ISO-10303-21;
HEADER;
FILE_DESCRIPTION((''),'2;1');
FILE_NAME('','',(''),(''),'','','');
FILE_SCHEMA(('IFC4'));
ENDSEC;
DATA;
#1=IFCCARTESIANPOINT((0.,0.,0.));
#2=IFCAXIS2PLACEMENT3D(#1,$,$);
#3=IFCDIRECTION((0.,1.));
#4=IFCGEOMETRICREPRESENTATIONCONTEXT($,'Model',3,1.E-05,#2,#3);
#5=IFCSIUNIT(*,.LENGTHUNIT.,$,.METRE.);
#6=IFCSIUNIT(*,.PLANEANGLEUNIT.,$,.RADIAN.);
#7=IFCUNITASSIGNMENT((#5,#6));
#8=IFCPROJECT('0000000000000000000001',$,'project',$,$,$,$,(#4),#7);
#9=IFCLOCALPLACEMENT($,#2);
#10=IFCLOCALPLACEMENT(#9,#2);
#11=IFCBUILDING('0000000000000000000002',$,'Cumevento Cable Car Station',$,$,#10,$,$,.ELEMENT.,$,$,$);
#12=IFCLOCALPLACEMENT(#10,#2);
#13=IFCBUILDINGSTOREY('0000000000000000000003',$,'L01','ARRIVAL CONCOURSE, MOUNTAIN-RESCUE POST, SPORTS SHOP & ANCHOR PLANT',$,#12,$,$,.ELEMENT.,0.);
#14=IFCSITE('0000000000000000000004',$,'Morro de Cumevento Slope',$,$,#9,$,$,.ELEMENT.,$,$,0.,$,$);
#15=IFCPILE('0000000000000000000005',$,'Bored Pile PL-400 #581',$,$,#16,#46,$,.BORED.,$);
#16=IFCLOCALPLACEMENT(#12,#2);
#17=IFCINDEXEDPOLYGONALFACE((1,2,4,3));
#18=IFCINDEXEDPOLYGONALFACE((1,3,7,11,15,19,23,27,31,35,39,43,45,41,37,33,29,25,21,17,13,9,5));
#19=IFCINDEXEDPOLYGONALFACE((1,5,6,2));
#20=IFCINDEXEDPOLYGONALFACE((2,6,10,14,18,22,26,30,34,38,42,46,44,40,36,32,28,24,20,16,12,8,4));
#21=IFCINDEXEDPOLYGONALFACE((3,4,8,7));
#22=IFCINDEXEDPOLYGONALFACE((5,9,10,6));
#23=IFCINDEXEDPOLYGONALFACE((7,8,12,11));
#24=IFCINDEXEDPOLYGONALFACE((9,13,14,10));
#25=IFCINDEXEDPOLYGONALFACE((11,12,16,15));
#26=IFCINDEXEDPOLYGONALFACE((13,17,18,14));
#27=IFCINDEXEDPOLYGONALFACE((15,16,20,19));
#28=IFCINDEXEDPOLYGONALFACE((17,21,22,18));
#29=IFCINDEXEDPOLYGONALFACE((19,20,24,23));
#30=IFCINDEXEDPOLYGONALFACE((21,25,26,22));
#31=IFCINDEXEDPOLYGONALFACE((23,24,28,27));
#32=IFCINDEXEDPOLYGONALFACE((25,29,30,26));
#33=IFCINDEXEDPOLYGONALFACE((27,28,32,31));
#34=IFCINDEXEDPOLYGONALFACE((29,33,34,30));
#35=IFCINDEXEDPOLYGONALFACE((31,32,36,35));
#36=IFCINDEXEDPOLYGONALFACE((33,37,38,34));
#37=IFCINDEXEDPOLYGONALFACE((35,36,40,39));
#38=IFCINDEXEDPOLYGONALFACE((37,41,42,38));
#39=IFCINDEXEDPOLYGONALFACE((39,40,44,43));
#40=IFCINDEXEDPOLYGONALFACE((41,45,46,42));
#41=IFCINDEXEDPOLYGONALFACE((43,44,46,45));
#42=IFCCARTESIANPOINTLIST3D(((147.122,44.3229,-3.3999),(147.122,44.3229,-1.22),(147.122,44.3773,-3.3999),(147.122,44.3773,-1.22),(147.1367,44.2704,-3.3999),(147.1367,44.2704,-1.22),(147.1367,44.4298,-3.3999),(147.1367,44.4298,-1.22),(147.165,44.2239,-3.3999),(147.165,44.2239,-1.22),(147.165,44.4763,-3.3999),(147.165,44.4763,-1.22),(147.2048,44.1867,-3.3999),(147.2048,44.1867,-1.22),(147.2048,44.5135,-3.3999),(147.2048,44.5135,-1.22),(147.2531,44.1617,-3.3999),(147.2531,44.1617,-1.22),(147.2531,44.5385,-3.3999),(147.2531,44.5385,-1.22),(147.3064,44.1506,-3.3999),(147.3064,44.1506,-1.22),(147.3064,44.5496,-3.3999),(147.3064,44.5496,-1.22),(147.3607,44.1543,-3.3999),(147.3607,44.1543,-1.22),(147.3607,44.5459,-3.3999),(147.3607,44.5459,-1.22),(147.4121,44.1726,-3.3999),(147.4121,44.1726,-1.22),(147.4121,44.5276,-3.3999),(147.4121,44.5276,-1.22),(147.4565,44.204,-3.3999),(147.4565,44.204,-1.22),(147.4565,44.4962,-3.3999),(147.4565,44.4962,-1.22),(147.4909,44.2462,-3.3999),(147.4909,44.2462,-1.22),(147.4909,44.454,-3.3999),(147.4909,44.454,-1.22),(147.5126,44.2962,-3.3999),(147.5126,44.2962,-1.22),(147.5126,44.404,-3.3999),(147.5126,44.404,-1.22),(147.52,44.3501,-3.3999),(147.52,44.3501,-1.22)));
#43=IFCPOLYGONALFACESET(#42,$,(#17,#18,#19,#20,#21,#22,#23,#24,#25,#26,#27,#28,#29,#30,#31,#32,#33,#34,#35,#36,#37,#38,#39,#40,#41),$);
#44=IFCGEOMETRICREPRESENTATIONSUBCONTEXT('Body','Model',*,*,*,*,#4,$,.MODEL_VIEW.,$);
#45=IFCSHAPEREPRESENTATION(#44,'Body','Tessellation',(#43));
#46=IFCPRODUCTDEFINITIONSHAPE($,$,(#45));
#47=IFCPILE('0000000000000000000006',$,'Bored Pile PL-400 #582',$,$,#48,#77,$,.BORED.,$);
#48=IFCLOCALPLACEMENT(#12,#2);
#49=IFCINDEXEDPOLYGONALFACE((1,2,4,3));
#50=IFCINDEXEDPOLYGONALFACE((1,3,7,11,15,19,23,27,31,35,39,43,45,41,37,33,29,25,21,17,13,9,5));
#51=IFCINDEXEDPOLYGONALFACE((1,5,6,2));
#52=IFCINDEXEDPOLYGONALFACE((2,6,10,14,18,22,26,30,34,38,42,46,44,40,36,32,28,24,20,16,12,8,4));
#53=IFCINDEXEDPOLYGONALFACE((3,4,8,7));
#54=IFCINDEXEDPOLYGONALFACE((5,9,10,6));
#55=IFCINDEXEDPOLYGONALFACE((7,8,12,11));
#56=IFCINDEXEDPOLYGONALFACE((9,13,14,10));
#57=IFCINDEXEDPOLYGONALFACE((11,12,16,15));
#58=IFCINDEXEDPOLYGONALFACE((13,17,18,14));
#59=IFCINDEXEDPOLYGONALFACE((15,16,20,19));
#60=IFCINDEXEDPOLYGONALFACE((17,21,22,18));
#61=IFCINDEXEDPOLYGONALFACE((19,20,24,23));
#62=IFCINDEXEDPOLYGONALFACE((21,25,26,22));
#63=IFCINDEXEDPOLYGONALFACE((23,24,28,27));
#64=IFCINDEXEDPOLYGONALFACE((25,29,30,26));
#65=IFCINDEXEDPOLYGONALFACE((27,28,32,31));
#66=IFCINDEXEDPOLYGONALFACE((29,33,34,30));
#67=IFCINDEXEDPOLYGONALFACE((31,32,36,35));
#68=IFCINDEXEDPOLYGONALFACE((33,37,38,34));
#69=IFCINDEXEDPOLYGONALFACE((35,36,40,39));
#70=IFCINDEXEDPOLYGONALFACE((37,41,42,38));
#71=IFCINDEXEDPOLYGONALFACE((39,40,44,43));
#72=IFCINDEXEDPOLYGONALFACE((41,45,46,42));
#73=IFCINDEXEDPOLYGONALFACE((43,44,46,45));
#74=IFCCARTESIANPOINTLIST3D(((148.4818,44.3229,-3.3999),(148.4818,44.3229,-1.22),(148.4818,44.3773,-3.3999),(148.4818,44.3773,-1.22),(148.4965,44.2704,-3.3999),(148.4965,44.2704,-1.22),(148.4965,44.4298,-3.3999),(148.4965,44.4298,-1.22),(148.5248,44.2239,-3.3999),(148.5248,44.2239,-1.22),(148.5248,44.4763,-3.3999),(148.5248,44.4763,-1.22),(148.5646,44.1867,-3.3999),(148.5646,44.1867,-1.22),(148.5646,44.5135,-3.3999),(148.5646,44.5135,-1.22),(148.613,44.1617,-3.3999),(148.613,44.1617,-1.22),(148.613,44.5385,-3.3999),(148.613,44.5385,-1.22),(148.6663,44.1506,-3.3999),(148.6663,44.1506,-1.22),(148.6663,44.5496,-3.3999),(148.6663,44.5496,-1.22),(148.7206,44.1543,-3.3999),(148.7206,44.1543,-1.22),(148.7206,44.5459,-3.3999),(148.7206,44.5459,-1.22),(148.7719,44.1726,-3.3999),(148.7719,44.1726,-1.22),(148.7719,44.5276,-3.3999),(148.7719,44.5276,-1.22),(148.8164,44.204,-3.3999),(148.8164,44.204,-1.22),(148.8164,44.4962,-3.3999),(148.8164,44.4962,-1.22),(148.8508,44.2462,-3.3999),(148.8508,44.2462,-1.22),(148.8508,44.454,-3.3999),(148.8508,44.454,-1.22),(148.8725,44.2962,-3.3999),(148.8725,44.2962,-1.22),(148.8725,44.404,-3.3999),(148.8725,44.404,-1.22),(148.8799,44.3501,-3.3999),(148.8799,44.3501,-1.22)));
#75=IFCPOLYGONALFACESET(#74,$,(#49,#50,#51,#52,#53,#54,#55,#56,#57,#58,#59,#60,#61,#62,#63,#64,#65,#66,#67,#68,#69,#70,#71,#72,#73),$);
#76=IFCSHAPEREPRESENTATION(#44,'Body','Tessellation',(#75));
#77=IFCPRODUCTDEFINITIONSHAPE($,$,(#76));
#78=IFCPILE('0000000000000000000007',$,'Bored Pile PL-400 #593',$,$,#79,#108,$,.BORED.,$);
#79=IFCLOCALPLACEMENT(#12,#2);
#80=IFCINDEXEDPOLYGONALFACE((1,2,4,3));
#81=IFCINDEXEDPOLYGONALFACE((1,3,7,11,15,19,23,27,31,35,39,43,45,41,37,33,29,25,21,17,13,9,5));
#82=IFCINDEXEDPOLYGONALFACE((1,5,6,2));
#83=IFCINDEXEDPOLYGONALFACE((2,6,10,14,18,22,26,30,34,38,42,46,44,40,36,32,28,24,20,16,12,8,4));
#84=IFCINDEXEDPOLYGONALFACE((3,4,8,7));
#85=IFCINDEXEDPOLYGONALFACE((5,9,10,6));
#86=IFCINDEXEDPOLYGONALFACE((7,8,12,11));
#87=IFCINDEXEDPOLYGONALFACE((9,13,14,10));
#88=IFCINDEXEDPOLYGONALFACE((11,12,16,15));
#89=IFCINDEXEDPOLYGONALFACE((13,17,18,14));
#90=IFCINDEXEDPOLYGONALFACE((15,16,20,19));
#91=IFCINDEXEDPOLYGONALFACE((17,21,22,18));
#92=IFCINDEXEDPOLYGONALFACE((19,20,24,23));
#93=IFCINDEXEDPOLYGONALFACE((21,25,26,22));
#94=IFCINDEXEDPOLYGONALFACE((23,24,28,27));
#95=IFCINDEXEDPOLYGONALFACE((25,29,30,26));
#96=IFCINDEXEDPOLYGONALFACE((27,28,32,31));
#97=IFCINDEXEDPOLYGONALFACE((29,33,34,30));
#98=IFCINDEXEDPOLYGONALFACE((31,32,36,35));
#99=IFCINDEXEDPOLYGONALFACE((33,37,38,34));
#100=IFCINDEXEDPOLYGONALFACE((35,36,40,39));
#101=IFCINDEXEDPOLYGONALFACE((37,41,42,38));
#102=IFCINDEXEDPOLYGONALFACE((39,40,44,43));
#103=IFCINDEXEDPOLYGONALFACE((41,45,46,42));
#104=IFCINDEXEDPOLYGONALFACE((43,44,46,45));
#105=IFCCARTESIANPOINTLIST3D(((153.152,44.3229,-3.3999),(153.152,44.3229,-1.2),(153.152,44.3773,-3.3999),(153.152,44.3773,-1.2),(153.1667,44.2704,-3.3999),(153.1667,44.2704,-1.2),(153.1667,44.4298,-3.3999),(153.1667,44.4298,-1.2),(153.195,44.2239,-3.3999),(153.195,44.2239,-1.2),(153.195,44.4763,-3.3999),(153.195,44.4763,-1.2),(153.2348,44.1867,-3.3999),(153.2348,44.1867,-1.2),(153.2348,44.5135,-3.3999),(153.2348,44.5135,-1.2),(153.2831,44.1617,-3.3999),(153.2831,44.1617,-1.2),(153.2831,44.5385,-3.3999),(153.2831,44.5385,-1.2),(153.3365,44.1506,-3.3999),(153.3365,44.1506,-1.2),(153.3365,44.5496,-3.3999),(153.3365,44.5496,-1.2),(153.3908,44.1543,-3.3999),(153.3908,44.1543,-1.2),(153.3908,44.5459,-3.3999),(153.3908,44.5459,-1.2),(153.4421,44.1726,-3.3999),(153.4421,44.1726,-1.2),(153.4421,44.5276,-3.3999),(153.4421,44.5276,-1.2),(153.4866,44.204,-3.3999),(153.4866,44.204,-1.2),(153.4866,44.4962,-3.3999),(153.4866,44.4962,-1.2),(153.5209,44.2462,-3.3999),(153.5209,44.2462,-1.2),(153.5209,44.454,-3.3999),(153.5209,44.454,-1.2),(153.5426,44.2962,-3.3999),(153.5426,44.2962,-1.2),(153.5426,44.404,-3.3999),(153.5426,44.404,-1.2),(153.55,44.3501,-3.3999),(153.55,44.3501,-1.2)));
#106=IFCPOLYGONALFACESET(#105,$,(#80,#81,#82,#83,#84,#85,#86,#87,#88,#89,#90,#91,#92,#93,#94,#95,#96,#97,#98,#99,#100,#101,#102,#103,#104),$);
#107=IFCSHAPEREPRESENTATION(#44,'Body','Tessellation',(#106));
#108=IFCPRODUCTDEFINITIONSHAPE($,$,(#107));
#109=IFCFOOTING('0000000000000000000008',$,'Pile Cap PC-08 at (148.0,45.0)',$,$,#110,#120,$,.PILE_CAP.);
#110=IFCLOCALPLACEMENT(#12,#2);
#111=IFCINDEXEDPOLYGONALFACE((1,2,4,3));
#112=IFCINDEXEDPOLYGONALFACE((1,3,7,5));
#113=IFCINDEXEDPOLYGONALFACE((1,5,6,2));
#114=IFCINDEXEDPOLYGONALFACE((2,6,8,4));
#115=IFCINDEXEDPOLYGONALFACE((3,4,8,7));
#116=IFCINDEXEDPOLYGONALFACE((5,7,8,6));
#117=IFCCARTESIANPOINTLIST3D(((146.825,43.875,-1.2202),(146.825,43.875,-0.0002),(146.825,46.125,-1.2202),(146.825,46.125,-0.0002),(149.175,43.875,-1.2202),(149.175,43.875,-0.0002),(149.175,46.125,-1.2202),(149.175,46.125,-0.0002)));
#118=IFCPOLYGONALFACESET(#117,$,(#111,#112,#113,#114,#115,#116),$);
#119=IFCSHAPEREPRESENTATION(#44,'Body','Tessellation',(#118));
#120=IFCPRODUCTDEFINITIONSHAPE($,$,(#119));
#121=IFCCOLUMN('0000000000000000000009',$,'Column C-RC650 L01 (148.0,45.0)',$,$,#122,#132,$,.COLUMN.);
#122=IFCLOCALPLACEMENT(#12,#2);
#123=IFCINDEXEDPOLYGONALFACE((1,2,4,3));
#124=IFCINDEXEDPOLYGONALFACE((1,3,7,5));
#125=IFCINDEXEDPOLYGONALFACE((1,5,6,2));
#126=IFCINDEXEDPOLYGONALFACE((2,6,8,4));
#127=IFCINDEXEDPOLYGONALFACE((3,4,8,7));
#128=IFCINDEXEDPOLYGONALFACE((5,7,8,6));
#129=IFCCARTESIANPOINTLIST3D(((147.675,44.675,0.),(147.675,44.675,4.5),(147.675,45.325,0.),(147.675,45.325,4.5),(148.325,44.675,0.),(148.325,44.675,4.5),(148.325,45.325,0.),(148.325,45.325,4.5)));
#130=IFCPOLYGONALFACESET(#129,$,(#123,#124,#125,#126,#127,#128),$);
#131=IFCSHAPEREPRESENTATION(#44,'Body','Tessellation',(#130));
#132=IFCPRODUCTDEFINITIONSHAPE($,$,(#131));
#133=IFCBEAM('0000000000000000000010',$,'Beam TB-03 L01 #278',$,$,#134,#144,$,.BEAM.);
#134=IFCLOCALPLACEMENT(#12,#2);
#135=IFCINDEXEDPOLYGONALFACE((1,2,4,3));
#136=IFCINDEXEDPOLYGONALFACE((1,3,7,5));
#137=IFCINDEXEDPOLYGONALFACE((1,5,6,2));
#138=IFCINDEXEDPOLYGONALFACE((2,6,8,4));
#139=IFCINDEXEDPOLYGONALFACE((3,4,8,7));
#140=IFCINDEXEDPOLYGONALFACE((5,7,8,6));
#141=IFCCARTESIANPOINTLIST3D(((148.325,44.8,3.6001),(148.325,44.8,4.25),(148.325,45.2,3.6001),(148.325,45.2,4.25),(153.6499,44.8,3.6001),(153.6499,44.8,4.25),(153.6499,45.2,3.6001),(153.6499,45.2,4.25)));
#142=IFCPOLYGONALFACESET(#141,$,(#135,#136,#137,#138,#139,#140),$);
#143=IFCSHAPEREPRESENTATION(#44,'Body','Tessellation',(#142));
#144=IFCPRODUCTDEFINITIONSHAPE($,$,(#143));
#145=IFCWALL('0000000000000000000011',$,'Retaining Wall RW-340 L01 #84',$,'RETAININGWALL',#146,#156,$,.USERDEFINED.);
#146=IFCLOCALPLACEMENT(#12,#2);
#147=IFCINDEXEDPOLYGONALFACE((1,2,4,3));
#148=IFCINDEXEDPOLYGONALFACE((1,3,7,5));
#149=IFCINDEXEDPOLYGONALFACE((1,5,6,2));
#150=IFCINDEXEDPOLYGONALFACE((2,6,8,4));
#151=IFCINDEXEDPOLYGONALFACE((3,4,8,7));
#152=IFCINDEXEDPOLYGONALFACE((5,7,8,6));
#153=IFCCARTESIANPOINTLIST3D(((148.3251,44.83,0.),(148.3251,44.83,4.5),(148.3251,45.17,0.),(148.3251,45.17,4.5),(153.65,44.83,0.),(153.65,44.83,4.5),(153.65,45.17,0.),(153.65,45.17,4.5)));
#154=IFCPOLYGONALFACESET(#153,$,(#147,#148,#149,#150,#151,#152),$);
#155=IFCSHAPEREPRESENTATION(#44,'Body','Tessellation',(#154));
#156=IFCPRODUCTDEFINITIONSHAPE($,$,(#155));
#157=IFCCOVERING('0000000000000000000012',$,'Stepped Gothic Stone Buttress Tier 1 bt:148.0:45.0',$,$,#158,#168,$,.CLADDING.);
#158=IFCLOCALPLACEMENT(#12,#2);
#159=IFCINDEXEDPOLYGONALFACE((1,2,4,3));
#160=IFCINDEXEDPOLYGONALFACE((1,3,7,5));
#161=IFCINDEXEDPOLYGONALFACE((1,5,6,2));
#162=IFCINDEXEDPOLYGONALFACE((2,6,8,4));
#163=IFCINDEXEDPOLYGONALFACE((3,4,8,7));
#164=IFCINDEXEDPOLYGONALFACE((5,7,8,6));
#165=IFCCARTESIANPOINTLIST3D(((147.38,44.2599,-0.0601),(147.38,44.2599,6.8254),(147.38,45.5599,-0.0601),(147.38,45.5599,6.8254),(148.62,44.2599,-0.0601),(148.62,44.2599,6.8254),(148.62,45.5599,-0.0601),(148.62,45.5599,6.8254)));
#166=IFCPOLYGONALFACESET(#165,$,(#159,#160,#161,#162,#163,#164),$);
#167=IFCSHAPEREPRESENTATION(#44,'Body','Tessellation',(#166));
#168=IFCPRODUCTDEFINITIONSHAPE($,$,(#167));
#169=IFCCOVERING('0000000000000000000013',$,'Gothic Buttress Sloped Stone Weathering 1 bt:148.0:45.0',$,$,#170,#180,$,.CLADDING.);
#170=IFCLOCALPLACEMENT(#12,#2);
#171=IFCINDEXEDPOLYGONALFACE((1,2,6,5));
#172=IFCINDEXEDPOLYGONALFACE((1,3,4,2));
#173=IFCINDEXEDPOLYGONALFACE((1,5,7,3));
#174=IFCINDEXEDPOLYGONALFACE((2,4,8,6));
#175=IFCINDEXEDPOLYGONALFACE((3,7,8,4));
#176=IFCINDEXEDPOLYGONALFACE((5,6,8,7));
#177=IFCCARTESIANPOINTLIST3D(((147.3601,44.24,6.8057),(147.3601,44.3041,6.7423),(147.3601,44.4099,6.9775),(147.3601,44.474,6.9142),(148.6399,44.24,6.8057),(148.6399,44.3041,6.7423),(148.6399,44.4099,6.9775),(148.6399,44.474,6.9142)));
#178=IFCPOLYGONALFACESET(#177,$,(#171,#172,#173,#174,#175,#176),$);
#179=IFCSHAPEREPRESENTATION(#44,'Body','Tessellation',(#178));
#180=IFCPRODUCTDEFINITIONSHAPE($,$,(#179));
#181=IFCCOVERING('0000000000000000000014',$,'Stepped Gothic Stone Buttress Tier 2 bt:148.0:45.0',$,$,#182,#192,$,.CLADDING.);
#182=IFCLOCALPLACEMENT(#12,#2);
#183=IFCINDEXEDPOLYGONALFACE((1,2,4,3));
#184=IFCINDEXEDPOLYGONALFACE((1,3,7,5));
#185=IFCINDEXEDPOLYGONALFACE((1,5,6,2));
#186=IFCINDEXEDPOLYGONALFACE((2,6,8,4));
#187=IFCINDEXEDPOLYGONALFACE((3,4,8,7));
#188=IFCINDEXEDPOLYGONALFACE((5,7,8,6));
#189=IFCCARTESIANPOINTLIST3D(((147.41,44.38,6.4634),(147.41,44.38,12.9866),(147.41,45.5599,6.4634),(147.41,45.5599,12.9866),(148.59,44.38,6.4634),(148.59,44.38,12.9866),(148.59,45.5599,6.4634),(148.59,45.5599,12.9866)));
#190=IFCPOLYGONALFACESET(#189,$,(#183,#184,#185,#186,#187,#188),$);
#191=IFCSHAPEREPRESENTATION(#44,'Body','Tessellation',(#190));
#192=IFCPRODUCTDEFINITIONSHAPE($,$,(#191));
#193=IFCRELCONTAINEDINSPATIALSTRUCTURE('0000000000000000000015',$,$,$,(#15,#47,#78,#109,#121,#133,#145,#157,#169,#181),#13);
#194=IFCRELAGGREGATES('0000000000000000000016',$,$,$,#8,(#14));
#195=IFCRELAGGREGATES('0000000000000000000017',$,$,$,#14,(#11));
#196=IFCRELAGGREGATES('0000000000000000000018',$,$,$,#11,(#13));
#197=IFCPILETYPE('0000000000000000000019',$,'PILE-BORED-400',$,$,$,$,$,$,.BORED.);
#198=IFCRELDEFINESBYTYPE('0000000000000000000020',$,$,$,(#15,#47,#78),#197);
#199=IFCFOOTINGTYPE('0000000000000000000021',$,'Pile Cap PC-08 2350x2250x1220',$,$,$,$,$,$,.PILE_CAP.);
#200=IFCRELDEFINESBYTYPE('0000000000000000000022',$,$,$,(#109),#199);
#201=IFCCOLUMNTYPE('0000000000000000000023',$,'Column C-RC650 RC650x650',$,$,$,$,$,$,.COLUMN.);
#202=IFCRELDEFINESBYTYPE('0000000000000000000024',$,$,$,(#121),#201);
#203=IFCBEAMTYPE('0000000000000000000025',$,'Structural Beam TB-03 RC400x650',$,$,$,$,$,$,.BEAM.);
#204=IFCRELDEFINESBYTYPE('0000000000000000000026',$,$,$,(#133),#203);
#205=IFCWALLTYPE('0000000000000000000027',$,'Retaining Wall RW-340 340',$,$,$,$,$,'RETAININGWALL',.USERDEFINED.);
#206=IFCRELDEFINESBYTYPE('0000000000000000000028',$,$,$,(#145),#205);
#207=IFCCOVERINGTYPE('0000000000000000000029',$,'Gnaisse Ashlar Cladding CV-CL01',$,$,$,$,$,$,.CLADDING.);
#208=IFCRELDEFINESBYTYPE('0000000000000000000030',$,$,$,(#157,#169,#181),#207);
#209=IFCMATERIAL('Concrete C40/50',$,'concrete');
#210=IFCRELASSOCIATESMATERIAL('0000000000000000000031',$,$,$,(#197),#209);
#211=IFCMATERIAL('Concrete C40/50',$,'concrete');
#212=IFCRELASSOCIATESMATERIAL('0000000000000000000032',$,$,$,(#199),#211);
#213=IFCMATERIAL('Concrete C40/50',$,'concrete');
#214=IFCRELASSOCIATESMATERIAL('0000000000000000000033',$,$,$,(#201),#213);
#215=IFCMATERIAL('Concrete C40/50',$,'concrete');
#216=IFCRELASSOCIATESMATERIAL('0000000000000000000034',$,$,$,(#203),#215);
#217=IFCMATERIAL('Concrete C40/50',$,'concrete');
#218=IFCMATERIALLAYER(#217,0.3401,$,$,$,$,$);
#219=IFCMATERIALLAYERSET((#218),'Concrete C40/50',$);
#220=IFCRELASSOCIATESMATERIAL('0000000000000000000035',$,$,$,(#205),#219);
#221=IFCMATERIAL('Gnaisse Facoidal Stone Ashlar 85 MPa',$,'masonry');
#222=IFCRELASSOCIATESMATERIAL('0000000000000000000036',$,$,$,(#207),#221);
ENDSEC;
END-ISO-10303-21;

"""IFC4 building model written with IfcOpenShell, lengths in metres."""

from ifc_helpers import new_model, si_unit, direction, frame, frame_2d, origin, origin_2d, place, context, subcontext, project, spatial, polyline, rectangle, circle, outline, extrude, material, layer, layer_set, material_profile, profile_set, type_object, element, save


model = new_model("IFC4")

# Units and contexts
model_context = context("Model", 3, precision=1e-05, world=origin(), true_north=direction((0.0, 1.0)))
body_context = subcontext(model_context, "Body", "Model", "MODEL_VIEW")
ifc_project = project(units=[si_unit("LENGTHUNIT", "METRE"), si_unit("PLANEANGLEUNIT", "RADIAN")], contexts=[model_context])

# Site, building, storey
site_placement = place(None, origin())
site = spatial("IfcSite", under=ifc_project, at=site_placement, Name="Morro de Cumevento Slope", CompositionType="ELEMENT", RefElevation=0.0)
building_placement = place(site_placement, origin())
building = spatial("IfcBuilding", under=site, at=building_placement, Name="Cumevento Cable Car Station", CompositionType="ELEMENT")
storey_placement = place(building_placement, origin())
storey = spatial("IfcBuildingStorey", under=building, at=storey_placement, Name="L01", Description="ARRIVAL CONCOURSE, MOUNTAIN-RESCUE POST, SPORTS SHOP & ANCHOR PLANT", CompositionType="ELEMENT", Elevation=0.0)

# Piles
ifc_material_1 = material(Name="Concrete C40/50", Category="concrete")
ifc_material_profile_1 = material_profile(ifc_material_1, circle(Radius=0.2, at=origin_2d()), Name="PILE-D400")
ifc_profile_set_1 = profile_set([ifc_material_profile_1], Name="Concrete C40/50")
pile_type = type_object("IfcPileType", Name="PILE-BORED-400", PredefinedType="BORED", material=ifc_profile_set_1)
for number, where, z_axis, x_axis, name in (
    (1, (147.3201, 44.3501, -1.22), (0.0, 0.0, -1.0), (1.0, 0.0, 0.0), "Bored Pile PL-400 #581"),
    (2, (148.6799, 44.3501, -1.22), (0.0, 0.0, -1.0), (1.0, 0.0, 0.0), "Bored Pile PL-400 #582"),
):
    element("IfcPile", number, at=place(storey_placement, frame(where, z_axis=z_axis, x_axis=x_axis)), inside=storey, type_object=pile_type, Name=name, PredefinedType="BORED", context=body_context, shape_type="SweptSolid", body=[
        extrude(circle(Radius=0.2, at=origin_2d()), origin(), (0.0, 0.0, 1.0), 2.1799),
    ])
pile_placement = place(storey_placement, frame((153.3501, 44.3501, -1.2), z_axis=(0.0, 0.0, -1.0), x_axis=(1.0, 0.0, 0.0)))
element("IfcPile", 3, at=pile_placement, inside=storey, type_object=pile_type, Name="Bored Pile PL-400 #593", PredefinedType="BORED", context=body_context, shape_type="SweptSolid", body=[
    extrude(circle(Radius=0.2, at=origin_2d()), origin(), (0.0, 0.0, 1.0), 2.2),
])

# Footing
ifc_material_2 = material(Name="Concrete C40/50", Category="concrete")
footing_type = type_object("IfcFootingType", Name="Pile Cap PC-08 2350x2250x1220", PredefinedType="PILE_CAP", material=ifc_material_2)
footing_placement = place(storey_placement, frame((148.0, 45.0, -1.2202), z_axis=(0.0, 0.0, 1.0), x_axis=(1.0, 0.0, 0.0)))
element("IfcFooting", 4, at=footing_placement, inside=storey, type_object=footing_type, Name="Pile Cap PC-08 at (148.0,45.0)", PredefinedType="PILE_CAP", context=body_context, shape_type="SweptSolid", body=[
    extrude(rectangle(XDim=2.3501, YDim=2.25, at=origin_2d()), origin(), (0.0, 0.0, 1.0), 1.22),
])

# Column
ifc_material_3 = material(Name="Concrete C40/50", Category="concrete")
ifc_material_profile_2 = material_profile(ifc_material_3, rectangle(XDim=0.6499, YDim=0.6499, at=origin_2d()), Name="RC650x650")
ifc_profile_set_2 = profile_set([ifc_material_profile_2], Name="Concrete C40/50")
column_type = type_object("IfcColumnType", Name="Column C-RC650 RC650x650", PredefinedType="COLUMN", material=ifc_profile_set_2)
column_placement = place(storey_placement, frame((148.0, 45.0, 0.0), z_axis=(0.0, 0.0, 1.0), x_axis=(1.0, 0.0, 0.0)))
element("IfcColumn", 5, at=column_placement, inside=storey, type_object=column_type, Name="Column C-RC650 L01 (148.0,45.0)", PredefinedType="COLUMN", context=body_context, shape_type="SweptSolid", body=[
    extrude(rectangle(XDim=0.6499, YDim=0.6499, at=origin_2d()), origin(), (0.0, 0.0, 1.0), 4.5),
])

# Beam
ifc_material_4 = material(Name="Concrete C40/50", Category="concrete")
ifc_material_profile_3 = material_profile(ifc_material_4, rectangle(XDim=0.3999, YDim=0.6499, at=origin_2d()), Name="RC400x650")
ifc_profile_set_3 = profile_set([ifc_material_profile_3], Name="Concrete C40/50")
beam_type = type_object("IfcBeamType", Name="Structural Beam TB-03 RC400x650", PredefinedType="BEAM", material=ifc_profile_set_3)
beam_placement = place(storey_placement, frame((148.325, 45.0, 3.925), z_axis=(1.0, 0.0, 0.0), x_axis=(0.0, 1.0, 0.0)))
element("IfcBeam", 6, at=beam_placement, inside=storey, type_object=beam_type, Name="Beam TB-03 L01 #278", PredefinedType="BEAM", context=body_context, shape_type="SweptSolid", body=[
    extrude(rectangle(XDim=0.3999, YDim=0.6499, at=origin_2d()), origin(), (0.0, 0.0, 1.0), 5.325),
])

# Wall
ifc_material_5 = material(Name="Concrete C40/50", Category="concrete")
ifc_layer = layer(ifc_material_5, 0.3401)
ifc_layer_set = layer_set([ifc_layer], Name="Concrete C40/50")
wall_type = type_object("IfcWallType", Name="Retaining Wall RW-340 340", ElementType="RETAININGWALL", PredefinedType="USERDEFINED", material=ifc_layer_set)
wall_placement = place(storey_placement, frame((148.325, 45.0, 0.0), z_axis=(0.0, 0.0, 1.0), x_axis=(1.0, 0.0, 0.0)))
element("IfcWall", 7, at=wall_placement, inside=storey, type_object=wall_type, Name="Retaining Wall RW-340 L01 #84", ObjectType="RETAININGWALL", PredefinedType="USERDEFINED", context=body_context, shape_type="SweptSolid", body=[
    extrude(rectangle(XDim=5.325, YDim=0.3401, at=frame_2d((2.6626, 0.0))), origin(), (0.0, 0.0, 1.0), 4.5),
])

# Coverings
ifc_material_6 = material(Name="Gnaisse Facoidal Stone Ashlar 85 MPa", Category="masonry")
covering_type = type_object("IfcCoveringType", Name="Gnaisse Ashlar Cladding CV-CL01", PredefinedType="CLADDING", material=ifc_material_6)
covering_1_placement = place(storey_placement, frame((148.0, 44.9099, -0.0601), z_axis=(0.0, 0.0, 1.0), x_axis=(1.0, 0.0, 0.0)))
element("IfcCovering", 8, at=covering_1_placement, inside=storey, type_object=covering_type, Name="Stepped Gothic Stone Buttress Tier 1 bt:148.0:45.0", PredefinedType="CLADDING", context=body_context, shape_type="SweptSolid", body=[
    extrude(rectangle(XDim=1.24, YDim=1.3, at=origin_2d()), origin(), (0.0, 0.0, 1.0), 6.8855),
])
covering_2_placement = place(storey_placement, frame((147.3601, 44.24, 6.8057), z_axis=(0.0, -0.711136, 0.703055), x_axis=(1.0, 0.0, 0.0)))
element("IfcCovering", 9, at=covering_2_placement, inside=storey, type_object=covering_type, Name="Gothic Buttress Sloped Stone Weathering 1 bt:148.0:45.0", PredefinedType="CLADDING", context=body_context, shape_type="SweptSolid", body=[
    extrude(outline(polyline([(0.0, 0.0), (1.2798, 0.0), (1.2798, 0.2417), (0.0, 0.2417), (0.0, 0.0)])), origin(), (0.0, 0.0, -1.0), 0.0901),
])
covering_3_placement = place(storey_placement, frame((148.0, 44.97, 6.4634), z_axis=(0.0, 0.0, 1.0), x_axis=(1.0, 0.0, 0.0)))
element("IfcCovering", 10, at=covering_3_placement, inside=storey, type_object=covering_type, Name="Stepped Gothic Stone Buttress Tier 2 bt:148.0:45.0", PredefinedType="CLADDING", context=body_context, shape_type="SweptSolid", body=[
    extrude(rectangle(XDim=1.1799, YDim=1.1799, at=origin_2d()), origin(), (0.0, 0.0, 1.0), 6.5232),
])

save(model, "model.ifc")
